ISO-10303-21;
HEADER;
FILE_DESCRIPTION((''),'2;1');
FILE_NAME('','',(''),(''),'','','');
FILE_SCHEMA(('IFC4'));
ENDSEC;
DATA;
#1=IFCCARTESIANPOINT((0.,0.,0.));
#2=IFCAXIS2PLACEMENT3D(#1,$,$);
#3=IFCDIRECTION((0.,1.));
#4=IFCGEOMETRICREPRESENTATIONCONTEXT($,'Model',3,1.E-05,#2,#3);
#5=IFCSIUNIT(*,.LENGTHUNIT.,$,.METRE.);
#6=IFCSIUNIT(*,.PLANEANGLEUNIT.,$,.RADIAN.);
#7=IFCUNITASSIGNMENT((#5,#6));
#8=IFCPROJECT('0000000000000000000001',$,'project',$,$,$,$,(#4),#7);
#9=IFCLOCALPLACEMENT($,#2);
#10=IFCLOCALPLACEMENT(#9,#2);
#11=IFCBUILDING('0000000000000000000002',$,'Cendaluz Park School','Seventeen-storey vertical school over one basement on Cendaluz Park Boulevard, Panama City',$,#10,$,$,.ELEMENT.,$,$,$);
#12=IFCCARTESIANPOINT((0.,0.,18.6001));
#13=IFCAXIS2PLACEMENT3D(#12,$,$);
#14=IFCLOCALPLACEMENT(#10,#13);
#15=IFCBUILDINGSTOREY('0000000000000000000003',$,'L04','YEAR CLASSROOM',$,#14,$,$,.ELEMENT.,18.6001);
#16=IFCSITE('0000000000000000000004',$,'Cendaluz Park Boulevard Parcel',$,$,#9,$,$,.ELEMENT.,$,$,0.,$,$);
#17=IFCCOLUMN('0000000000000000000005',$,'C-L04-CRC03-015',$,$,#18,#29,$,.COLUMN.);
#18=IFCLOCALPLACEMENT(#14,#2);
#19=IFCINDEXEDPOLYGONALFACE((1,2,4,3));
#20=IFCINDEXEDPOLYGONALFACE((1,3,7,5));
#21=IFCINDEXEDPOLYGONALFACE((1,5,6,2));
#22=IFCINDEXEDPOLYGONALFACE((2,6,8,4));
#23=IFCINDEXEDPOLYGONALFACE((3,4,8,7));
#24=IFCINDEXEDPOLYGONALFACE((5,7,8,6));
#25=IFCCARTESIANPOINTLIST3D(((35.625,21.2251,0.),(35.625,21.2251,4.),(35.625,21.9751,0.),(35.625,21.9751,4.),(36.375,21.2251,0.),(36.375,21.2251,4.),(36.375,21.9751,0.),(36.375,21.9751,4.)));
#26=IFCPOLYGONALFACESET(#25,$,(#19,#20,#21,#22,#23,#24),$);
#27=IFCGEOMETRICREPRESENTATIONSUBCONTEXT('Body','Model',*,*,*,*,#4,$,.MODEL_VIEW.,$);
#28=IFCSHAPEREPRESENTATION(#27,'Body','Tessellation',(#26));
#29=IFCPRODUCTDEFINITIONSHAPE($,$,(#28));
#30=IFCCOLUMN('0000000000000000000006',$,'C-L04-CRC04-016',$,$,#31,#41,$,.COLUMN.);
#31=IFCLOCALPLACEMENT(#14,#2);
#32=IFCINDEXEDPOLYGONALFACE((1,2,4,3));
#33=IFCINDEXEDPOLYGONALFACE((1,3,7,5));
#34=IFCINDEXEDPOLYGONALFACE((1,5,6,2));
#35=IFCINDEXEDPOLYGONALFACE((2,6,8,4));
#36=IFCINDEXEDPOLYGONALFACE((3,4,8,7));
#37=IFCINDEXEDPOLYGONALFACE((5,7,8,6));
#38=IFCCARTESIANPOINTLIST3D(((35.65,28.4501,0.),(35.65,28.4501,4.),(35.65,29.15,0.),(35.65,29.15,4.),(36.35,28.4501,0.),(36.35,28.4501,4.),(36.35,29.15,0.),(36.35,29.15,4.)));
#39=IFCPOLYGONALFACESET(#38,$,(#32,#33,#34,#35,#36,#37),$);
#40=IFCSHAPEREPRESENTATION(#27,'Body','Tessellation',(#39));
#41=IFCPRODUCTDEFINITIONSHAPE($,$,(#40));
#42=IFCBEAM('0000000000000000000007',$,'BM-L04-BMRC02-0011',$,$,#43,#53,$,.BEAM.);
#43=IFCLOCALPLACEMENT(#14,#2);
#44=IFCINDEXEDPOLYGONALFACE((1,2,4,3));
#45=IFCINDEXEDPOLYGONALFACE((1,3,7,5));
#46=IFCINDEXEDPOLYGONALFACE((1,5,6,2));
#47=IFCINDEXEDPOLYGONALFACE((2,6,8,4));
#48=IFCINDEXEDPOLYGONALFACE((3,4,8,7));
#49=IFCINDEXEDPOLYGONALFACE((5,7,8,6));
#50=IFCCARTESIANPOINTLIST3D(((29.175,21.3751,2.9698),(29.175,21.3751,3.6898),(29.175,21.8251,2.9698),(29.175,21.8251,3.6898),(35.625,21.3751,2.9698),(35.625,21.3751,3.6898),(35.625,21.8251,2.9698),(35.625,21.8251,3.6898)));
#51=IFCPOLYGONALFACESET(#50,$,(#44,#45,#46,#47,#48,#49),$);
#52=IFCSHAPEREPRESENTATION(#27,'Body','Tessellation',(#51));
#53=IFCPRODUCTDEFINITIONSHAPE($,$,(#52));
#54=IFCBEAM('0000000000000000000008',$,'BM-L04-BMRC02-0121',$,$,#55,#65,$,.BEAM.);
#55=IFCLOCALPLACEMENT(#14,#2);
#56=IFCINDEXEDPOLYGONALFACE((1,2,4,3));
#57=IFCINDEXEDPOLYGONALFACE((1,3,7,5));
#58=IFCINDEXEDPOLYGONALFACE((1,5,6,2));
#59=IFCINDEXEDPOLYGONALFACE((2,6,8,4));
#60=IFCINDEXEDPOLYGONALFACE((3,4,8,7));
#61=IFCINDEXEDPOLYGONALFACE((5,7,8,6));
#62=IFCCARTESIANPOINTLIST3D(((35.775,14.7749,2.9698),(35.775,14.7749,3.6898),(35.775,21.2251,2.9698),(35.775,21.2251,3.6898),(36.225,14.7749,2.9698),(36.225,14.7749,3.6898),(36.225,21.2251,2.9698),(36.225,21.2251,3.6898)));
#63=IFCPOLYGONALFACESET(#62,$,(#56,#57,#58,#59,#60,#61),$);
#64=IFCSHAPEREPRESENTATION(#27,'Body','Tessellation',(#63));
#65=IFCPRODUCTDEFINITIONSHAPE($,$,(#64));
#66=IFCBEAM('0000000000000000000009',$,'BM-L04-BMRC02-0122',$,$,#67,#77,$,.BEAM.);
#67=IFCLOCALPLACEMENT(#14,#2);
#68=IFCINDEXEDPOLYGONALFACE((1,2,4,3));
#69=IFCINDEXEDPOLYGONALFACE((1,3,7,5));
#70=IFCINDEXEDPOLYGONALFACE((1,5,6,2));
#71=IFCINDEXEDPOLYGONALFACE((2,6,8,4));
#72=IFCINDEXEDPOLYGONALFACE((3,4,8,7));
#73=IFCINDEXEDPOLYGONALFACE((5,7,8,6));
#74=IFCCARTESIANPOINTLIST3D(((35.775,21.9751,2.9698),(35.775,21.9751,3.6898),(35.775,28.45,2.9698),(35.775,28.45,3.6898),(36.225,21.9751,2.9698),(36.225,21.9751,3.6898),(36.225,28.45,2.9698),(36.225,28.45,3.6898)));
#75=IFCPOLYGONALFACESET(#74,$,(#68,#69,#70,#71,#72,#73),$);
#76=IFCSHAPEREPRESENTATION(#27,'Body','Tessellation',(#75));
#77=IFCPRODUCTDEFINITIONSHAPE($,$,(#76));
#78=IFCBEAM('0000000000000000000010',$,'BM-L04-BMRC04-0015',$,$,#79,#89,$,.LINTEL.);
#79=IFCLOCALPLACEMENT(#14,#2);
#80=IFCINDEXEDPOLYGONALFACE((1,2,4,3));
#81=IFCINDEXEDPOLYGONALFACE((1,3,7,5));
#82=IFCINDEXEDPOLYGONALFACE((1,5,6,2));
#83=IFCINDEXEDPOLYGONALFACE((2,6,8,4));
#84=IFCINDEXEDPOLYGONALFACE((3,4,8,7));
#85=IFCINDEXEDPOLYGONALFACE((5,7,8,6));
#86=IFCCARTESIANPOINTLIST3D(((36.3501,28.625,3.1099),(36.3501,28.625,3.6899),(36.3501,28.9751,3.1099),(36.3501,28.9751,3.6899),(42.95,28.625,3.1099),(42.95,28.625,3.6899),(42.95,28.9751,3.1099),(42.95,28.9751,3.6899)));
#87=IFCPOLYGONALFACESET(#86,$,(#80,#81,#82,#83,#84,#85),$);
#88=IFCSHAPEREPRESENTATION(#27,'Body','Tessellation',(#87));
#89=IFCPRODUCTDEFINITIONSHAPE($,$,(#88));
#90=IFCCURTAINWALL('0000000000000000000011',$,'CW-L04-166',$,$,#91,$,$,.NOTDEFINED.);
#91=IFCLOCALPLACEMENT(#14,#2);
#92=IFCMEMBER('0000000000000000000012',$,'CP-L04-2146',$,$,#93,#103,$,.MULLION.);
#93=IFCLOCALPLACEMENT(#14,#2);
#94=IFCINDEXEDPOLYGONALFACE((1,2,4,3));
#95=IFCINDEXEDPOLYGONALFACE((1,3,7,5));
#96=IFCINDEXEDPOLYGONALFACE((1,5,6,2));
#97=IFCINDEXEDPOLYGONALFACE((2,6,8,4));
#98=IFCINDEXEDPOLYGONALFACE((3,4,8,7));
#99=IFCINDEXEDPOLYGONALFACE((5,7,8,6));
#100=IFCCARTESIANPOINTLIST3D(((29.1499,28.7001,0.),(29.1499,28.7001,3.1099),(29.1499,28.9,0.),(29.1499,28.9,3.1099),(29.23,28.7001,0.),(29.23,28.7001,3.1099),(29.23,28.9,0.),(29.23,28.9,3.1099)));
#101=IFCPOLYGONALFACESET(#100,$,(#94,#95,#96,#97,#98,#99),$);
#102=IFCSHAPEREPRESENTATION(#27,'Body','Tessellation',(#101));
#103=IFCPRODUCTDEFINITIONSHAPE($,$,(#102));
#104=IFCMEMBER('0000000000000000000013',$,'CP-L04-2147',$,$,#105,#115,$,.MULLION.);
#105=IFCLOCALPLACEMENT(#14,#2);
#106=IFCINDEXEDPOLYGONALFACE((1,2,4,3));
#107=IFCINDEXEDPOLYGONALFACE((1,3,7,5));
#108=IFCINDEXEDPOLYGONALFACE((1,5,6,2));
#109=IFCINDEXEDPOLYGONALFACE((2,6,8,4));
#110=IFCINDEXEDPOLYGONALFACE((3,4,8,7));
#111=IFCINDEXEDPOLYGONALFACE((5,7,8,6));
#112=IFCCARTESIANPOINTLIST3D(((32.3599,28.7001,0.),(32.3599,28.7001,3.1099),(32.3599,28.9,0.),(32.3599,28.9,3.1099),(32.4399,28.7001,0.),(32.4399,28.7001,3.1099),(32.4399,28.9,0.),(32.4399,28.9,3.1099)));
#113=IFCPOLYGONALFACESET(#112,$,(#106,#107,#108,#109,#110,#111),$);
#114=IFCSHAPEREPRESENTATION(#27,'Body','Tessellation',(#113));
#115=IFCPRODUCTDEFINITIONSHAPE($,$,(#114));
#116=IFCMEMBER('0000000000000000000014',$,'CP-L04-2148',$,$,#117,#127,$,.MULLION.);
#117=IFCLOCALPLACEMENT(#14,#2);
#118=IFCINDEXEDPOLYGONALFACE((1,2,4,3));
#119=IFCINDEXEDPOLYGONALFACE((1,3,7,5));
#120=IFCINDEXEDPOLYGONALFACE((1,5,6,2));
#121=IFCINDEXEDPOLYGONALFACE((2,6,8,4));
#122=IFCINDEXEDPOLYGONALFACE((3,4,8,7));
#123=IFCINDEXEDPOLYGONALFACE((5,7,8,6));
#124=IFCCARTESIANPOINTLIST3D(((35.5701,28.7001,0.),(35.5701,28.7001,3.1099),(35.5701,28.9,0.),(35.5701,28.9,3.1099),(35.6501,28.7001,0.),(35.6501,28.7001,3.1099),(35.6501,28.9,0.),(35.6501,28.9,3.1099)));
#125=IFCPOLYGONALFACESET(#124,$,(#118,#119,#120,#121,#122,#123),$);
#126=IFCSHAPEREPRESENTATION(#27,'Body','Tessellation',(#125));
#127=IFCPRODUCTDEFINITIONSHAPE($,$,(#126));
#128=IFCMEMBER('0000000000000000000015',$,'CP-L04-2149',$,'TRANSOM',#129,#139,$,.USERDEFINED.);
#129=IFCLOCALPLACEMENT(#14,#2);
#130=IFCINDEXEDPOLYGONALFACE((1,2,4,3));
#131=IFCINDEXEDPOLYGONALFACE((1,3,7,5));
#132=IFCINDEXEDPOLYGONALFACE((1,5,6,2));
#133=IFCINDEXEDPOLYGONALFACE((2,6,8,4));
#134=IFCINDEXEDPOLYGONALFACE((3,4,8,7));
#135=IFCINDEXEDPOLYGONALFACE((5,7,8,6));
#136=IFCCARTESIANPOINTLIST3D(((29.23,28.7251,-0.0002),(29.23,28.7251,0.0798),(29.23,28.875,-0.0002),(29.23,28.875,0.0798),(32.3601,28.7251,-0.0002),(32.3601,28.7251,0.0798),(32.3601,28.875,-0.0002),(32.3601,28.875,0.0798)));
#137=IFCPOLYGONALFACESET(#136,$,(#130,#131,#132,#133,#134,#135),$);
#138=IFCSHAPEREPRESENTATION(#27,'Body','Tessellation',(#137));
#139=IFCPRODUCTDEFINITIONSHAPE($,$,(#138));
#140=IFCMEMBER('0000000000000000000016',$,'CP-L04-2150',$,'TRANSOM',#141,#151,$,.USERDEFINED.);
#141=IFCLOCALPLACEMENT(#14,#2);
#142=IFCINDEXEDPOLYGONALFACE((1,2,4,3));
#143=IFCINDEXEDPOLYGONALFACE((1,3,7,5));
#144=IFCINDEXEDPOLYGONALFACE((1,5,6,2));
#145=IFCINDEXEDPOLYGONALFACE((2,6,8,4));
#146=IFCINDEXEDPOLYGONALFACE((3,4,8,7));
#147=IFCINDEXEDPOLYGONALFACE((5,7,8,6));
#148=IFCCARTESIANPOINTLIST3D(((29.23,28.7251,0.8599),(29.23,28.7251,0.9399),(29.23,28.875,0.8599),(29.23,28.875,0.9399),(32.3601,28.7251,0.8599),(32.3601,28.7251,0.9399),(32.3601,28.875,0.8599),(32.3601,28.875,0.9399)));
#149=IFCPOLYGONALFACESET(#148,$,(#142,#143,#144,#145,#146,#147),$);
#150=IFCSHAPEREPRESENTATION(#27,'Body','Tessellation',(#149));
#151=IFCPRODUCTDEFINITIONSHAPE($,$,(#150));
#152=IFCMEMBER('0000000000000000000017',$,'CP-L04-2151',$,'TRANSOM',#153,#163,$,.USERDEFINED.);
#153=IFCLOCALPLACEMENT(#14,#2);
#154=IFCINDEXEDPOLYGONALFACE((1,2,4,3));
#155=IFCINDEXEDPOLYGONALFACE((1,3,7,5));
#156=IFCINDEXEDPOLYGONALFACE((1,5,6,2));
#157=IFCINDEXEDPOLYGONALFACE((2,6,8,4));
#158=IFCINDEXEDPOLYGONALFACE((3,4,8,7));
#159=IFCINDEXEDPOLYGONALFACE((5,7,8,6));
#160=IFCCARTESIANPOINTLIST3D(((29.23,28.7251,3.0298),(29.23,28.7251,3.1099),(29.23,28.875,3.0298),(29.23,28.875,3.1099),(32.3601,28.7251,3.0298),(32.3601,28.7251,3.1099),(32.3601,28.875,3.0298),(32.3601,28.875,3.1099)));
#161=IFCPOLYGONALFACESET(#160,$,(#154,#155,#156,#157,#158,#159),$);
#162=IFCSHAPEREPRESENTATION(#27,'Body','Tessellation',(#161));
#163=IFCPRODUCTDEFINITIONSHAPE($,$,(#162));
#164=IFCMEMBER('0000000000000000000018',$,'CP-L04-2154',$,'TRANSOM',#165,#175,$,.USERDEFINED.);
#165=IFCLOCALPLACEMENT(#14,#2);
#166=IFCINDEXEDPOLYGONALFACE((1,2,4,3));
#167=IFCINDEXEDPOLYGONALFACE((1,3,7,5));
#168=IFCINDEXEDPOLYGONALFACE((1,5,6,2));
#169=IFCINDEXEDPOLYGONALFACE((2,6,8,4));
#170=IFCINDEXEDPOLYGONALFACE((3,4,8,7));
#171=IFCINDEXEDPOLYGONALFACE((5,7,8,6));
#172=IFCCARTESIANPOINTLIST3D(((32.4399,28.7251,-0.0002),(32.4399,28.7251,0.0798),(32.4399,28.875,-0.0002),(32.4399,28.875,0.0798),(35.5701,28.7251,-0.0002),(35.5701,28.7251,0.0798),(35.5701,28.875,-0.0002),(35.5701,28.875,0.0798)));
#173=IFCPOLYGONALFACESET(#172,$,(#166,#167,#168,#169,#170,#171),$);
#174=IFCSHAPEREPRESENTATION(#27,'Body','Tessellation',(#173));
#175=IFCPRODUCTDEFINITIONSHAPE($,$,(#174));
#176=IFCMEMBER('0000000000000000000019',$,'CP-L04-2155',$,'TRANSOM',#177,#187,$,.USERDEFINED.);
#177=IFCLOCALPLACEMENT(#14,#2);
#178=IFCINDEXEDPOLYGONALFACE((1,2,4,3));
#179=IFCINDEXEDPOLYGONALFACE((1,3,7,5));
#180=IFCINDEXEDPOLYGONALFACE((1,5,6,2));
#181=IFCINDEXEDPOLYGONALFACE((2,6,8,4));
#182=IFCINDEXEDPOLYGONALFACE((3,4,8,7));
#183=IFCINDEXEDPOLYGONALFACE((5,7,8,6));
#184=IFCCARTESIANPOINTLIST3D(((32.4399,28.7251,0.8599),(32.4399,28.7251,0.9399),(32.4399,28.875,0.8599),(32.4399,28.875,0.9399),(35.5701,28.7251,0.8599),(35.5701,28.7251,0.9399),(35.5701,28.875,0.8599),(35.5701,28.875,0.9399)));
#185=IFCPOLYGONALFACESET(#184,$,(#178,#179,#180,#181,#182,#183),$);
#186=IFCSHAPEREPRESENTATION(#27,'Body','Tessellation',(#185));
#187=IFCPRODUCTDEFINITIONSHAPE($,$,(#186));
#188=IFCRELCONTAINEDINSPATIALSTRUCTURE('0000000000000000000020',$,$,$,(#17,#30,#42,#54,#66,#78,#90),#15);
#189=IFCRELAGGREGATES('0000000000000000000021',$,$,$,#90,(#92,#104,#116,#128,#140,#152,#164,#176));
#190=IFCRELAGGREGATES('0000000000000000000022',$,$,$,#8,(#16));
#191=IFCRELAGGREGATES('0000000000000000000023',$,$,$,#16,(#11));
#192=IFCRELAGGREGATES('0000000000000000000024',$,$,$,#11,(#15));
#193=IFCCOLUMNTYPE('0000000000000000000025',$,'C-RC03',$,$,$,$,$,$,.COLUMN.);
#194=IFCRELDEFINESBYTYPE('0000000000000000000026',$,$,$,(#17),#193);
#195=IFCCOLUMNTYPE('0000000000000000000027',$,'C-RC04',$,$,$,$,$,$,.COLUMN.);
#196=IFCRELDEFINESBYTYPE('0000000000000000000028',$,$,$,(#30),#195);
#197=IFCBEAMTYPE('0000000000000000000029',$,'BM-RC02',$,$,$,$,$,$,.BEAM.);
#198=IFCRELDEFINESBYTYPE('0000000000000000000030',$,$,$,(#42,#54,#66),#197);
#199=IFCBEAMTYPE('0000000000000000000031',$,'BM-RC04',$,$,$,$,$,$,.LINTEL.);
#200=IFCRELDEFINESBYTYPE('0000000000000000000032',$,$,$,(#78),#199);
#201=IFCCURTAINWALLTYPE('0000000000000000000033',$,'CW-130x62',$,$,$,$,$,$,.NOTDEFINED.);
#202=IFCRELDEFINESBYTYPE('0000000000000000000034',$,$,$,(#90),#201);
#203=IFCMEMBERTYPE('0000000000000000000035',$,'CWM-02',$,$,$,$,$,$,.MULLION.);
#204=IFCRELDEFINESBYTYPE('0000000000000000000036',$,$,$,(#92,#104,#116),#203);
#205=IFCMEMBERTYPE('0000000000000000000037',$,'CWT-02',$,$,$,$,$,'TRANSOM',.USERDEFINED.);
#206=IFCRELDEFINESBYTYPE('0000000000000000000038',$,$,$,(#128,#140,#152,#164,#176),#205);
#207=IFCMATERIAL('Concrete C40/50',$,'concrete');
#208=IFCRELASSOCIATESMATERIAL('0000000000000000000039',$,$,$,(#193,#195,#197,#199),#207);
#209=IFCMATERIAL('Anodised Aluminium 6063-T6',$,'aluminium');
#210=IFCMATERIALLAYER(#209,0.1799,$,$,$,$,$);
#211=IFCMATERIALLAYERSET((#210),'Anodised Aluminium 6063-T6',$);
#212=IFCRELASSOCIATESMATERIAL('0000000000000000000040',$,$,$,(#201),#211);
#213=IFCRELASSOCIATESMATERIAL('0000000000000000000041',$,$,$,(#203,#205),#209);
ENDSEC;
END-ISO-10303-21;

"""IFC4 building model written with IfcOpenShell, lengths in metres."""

from ifc_helpers import new_model, si_unit, direction, frame, origin, origin_2d, place, context, subcontext, project, spatial, rectangle, extrude, material, layer, layer_set, material_profile, profile_set, type_object, element, aggregate, save


model = new_model("IFC4")

# Units and contexts
model_context = context("Model", 3, precision=1e-05, world=origin(), true_north=direction((0.0, 1.0)))
body_context = subcontext(model_context, "Body", "Model", "MODEL_VIEW")
ifc_project = project(units=[si_unit("LENGTHUNIT", "METRE"), si_unit("PLANEANGLEUNIT", "RADIAN")], contexts=[model_context])

# Site, building, storey
site_placement = place(None, origin())
site = spatial("IfcSite", under=ifc_project, at=site_placement, Name="Cendaluz Park Boulevard Parcel", CompositionType="ELEMENT", RefElevation=0.0)
building_placement = place(site_placement, origin())
building = spatial("IfcBuilding", under=site, at=building_placement, Name="Cendaluz Park School", Description="Seventeen-storey vertical school over one basement on Cendaluz Park Boulevard, Panama City", CompositionType="ELEMENT")
storey_placement = place(building_placement, frame((0.0, 0.0, 18.6001)))
storey = spatial("IfcBuildingStorey", under=building, at=storey_placement, Name="L04", Description="YEAR CLASSROOM", CompositionType="ELEMENT", Elevation=18.6001)

# Columns
ifc_material_1 = material(Name="Concrete C40/50", Category="concrete")
ifc_material_profile_1 = material_profile(ifc_material_1, rectangle(XDim=0.75, YDim=0.75, at=origin_2d()), Name="RC 750x750", Category="concrete")
ifc_profile_set_1 = profile_set([ifc_material_profile_1], Name="Concrete C40/50")
column_type_1 = type_object("IfcColumnType", Name="C-RC03", PredefinedType="COLUMN", material=ifc_profile_set_1)
column_1_placement = place(storey_placement, frame((36.0, 21.6001, 0.0), z_axis=(0.0, 0.0, 1.0), x_axis=(1.0, 0.0, 0.0)))
element("IfcColumn", 1, at=column_1_placement, inside=storey, type_object=column_type_1, Name="C-L04-CRC03-015", PredefinedType="COLUMN", context=body_context, shape_type="SweptSolid", body=[
    extrude(rectangle(XDim=0.75, YDim=0.75, at=origin_2d()), origin(), (0.0, 0.0, 1.0), 4.0),
])
ifc_material_profile_2 = material_profile(ifc_material_1, rectangle(XDim=0.7, YDim=0.7, at=origin_2d()), Name="RC 700x700", Category="concrete")
ifc_profile_set_2 = profile_set([ifc_material_profile_2], Name="Concrete C40/50")
column_type_2 = type_object("IfcColumnType", Name="C-RC04", PredefinedType="COLUMN", material=ifc_profile_set_2)
column_2_placement = place(storey_placement, frame((36.0, 28.8, 0.0), z_axis=(0.0, 0.0, 1.0), x_axis=(1.0, 0.0, 0.0)))
element("IfcColumn", 2, at=column_2_placement, inside=storey, type_object=column_type_2, Name="C-L04-CRC04-016", PredefinedType="COLUMN", context=body_context, shape_type="SweptSolid", body=[
    extrude(rectangle(XDim=0.7, YDim=0.7, at=origin_2d()), origin(), (0.0, 0.0, 1.0), 4.0),
])

# Beams
ifc_material_profile_3 = material_profile(ifc_material_1, rectangle(XDim=0.45, YDim=0.72, at=origin_2d()), Name="RC 450x720", Category="concrete")
ifc_profile_set_3 = profile_set([ifc_material_profile_3], Name="Concrete C40/50")
beam_type_1 = type_object("IfcBeamType", Name="BM-RC02", PredefinedType="BEAM", material=ifc_profile_set_3)
beam_1_placement = place(storey_placement, frame((29.175, 21.6001, 3.3298), z_axis=(1.0, 0.0, 0.0), x_axis=(0.0, 1.0, 0.0)))
element("IfcBeam", 3, at=beam_1_placement, inside=storey, type_object=beam_type_1, Name="BM-L04-BMRC02-0011", PredefinedType="BEAM", context=body_context, shape_type="SweptSolid", body=[
    extrude(rectangle(XDim=0.45, YDim=0.72, at=origin_2d()), origin(), (0.0, 0.0, 1.0), 6.45),
])
beam_2_placement = place(storey_placement, frame((36.0, 14.7749, 3.3298), z_axis=(0.0, 1.0, 0.0), x_axis=(-1.0, 0.0, 0.0)))
element("IfcBeam", 4, at=beam_2_placement, inside=storey, type_object=beam_type_1, Name="BM-L04-BMRC02-0121", PredefinedType="BEAM", context=body_context, shape_type="SweptSolid", body=[
    extrude(rectangle(XDim=0.45, YDim=0.72, at=origin_2d()), origin(), (0.0, 0.0, 1.0), 6.4502),
])
beam_3_placement = place(storey_placement, frame((36.0, 21.9751, 3.3298), z_axis=(0.0, 1.0, 0.0), x_axis=(-1.0, 0.0, 0.0)))
element("IfcBeam", 5, at=beam_3_placement, inside=storey, type_object=beam_type_1, Name="BM-L04-BMRC02-0122", PredefinedType="BEAM", context=body_context, shape_type="SweptSolid", body=[
    extrude(rectangle(XDim=0.45, YDim=0.72, at=origin_2d()), origin(), (0.0, 0.0, 1.0), 6.4749),
])
ifc_material_profile_4 = material_profile(ifc_material_1, rectangle(XDim=0.3501, YDim=0.5801, at=origin_2d()), Name="RC 350x580", Category="concrete")
ifc_profile_set_4 = profile_set([ifc_material_profile_4], Name="Concrete C40/50")
beam_type_2 = type_object("IfcBeamType", Name="BM-RC04", PredefinedType="LINTEL", material=ifc_profile_set_4)
beam_4_placement = place(storey_placement, frame((36.3501, 28.8, 3.3999), z_axis=(1.0, 0.0, 0.0), x_axis=(0.0, 1.0, 0.0)))
element("IfcBeam", 6, at=beam_4_placement, inside=storey, type_object=beam_type_2, Name="BM-L04-BMRC04-0015", PredefinedType="LINTEL", context=body_context, shape_type="SweptSolid", body=[
    extrude(rectangle(XDim=0.3501, YDim=0.5801, at=origin_2d()), origin(), (0.0, 0.0, 1.0), 6.5999),
])

# Curtain wall, members
ifc_material_2 = material(Name="Anodised Aluminium 6063-T6", Category="aluminium")
ifc_layer_1 = layer(ifc_material_2, 0.1799)
ifc_layer_set_1 = layer_set([ifc_layer_1], Name="Anodised Aluminium 6063-T6")
curtain_wall_type = type_object("IfcCurtainWallType", Name="CW-130x62", PredefinedType="NOTDEFINED", material=ifc_layer_set_1)
curtain_wall_placement = place(storey_placement, origin())
curtain_wall = element("IfcCurtainWall", 7, at=curtain_wall_placement, inside=storey, type_object=curtain_wall_type, Name="CW-L04-166", PredefinedType="NOTDEFINED")
ifc_material_profile_5 = material_profile(ifc_material_2, rectangle(XDim=0.2, YDim=0.0801, at=origin_2d()), Name="CWM 200x80", Category="aluminium")
ifc_profile_set_5 = profile_set([ifc_material_profile_5], Name="Anodised Aluminium 6063-T6")
member_type_1 = type_object("IfcMemberType", Name="CWM-02", PredefinedType="MULLION", material=ifc_profile_set_5)
member_1_placement = place(storey_placement, frame((29.1899, 28.8, 0.0), z_axis=(0.0, 0.0, 1.0), x_axis=(0.0, 1.0, 0.0)))
member_1 = element("IfcMember", 8, at=member_1_placement, type_object=member_type_1, Name="CP-L04-2146", PredefinedType="MULLION", context=body_context, shape_type="SweptSolid", body=[
    extrude(rectangle(XDim=0.2, YDim=0.0801, at=origin_2d()), origin(), (0.0, 0.0, 1.0), 3.1099),
])
member_2_placement = place(storey_placement, frame((32.3999, 28.8, 0.0), z_axis=(0.0, 0.0, 1.0), x_axis=(0.0, 1.0, 0.0)))
member_2 = element("IfcMember", 9, at=member_2_placement, type_object=member_type_1, Name="CP-L04-2147", PredefinedType="MULLION", context=body_context, shape_type="SweptSolid", body=[
    extrude(rectangle(XDim=0.2, YDim=0.0801, at=origin_2d()), origin(), (0.0, 0.0, 1.0), 3.1099),
])
member_3_placement = place(storey_placement, frame((35.6101, 28.8, 0.0), z_axis=(0.0, 0.0, 1.0), x_axis=(0.0, 1.0, 0.0)))
member_3 = element("IfcMember", 10, at=member_3_placement, type_object=member_type_1, Name="CP-L04-2148", PredefinedType="MULLION", context=body_context, shape_type="SweptSolid", body=[
    extrude(rectangle(XDim=0.2, YDim=0.0801, at=origin_2d()), origin(), (0.0, 0.0, 1.0), 3.1099),
])
ifc_material_profile_6 = material_profile(ifc_material_2, rectangle(XDim=0.1499, YDim=0.0801, at=origin_2d()), Name="CWT 150x80", Category="aluminium")
ifc_profile_set_6 = profile_set([ifc_material_profile_6], Name="Anodised Aluminium 6063-T6")
member_type_2 = type_object("IfcMemberType", Name="CWT-02", ElementType="TRANSOM", PredefinedType="USERDEFINED", material=ifc_profile_set_6)
member_4_placement = place(storey_placement, frame((29.23, 28.8, 0.0398), z_axis=(1.0, 0.0, 0.0), x_axis=(0.0, 1.0, 0.0)))
member_4 = element("IfcMember", 11, at=member_4_placement, type_object=member_type_2, Name="CP-L04-2149", ObjectType="TRANSOM", PredefinedType="USERDEFINED", context=body_context, shape_type="SweptSolid", body=[
    extrude(rectangle(XDim=0.1499, YDim=0.0801, at=origin_2d()), origin(), (0.0, 0.0, 1.0), 3.1301),
])
member_5_placement = place(storey_placement, frame((29.23, 28.8, 0.8999), z_axis=(1.0, 0.0, 0.0), x_axis=(0.0, 1.0, 0.0)))
member_5 = element("IfcMember", 12, at=member_5_placement, type_object=member_type_2, Name="CP-L04-2150", ObjectType="TRANSOM", PredefinedType="USERDEFINED", context=body_context, shape_type="SweptSolid", body=[
    extrude(rectangle(XDim=0.1499, YDim=0.0801, at=origin_2d()), origin(), (0.0, 0.0, 1.0), 3.1301),
])
member_6_placement = place(storey_placement, frame((29.23, 28.8, 3.0698), z_axis=(1.0, 0.0, 0.0), x_axis=(0.0, 1.0, 0.0)))
member_6 = element("IfcMember", 13, at=member_6_placement, type_object=member_type_2, Name="CP-L04-2151", ObjectType="TRANSOM", PredefinedType="USERDEFINED", context=body_context, shape_type="SweptSolid", body=[
    extrude(rectangle(XDim=0.1499, YDim=0.0801, at=origin_2d()), origin(), (0.0, 0.0, 1.0), 3.1301),
])
member_7_placement = place(storey_placement, frame((32.4399, 28.8, 0.0398), z_axis=(1.0, 0.0, 0.0), x_axis=(0.0, 1.0, 0.0)))
member_7 = element("IfcMember", 14, at=member_7_placement, type_object=member_type_2, Name="CP-L04-2154", ObjectType="TRANSOM", PredefinedType="USERDEFINED", context=body_context, shape_type="SweptSolid", body=[
    extrude(rectangle(XDim=0.1499, YDim=0.0801, at=origin_2d()), origin(), (0.0, 0.0, 1.0), 3.1301),
])
member_8_placement = place(storey_placement, frame((32.4399, 28.8, 0.8999), z_axis=(1.0, 0.0, 0.0), x_axis=(0.0, 1.0, 0.0)))
member_8 = element("IfcMember", 15, at=member_8_placement, type_object=member_type_2, Name="CP-L04-2155", ObjectType="TRANSOM", PredefinedType="USERDEFINED", context=body_context, shape_type="SweptSolid", body=[
    extrude(rectangle(XDim=0.1499, YDim=0.0801, at=origin_2d()), origin(), (0.0, 0.0, 1.0), 3.1301),
])
aggregate(curtain_wall, [member_1, member_2, member_3, member_4, member_5, member_6, member_7, member_8])

save(model, "model.ifc")
